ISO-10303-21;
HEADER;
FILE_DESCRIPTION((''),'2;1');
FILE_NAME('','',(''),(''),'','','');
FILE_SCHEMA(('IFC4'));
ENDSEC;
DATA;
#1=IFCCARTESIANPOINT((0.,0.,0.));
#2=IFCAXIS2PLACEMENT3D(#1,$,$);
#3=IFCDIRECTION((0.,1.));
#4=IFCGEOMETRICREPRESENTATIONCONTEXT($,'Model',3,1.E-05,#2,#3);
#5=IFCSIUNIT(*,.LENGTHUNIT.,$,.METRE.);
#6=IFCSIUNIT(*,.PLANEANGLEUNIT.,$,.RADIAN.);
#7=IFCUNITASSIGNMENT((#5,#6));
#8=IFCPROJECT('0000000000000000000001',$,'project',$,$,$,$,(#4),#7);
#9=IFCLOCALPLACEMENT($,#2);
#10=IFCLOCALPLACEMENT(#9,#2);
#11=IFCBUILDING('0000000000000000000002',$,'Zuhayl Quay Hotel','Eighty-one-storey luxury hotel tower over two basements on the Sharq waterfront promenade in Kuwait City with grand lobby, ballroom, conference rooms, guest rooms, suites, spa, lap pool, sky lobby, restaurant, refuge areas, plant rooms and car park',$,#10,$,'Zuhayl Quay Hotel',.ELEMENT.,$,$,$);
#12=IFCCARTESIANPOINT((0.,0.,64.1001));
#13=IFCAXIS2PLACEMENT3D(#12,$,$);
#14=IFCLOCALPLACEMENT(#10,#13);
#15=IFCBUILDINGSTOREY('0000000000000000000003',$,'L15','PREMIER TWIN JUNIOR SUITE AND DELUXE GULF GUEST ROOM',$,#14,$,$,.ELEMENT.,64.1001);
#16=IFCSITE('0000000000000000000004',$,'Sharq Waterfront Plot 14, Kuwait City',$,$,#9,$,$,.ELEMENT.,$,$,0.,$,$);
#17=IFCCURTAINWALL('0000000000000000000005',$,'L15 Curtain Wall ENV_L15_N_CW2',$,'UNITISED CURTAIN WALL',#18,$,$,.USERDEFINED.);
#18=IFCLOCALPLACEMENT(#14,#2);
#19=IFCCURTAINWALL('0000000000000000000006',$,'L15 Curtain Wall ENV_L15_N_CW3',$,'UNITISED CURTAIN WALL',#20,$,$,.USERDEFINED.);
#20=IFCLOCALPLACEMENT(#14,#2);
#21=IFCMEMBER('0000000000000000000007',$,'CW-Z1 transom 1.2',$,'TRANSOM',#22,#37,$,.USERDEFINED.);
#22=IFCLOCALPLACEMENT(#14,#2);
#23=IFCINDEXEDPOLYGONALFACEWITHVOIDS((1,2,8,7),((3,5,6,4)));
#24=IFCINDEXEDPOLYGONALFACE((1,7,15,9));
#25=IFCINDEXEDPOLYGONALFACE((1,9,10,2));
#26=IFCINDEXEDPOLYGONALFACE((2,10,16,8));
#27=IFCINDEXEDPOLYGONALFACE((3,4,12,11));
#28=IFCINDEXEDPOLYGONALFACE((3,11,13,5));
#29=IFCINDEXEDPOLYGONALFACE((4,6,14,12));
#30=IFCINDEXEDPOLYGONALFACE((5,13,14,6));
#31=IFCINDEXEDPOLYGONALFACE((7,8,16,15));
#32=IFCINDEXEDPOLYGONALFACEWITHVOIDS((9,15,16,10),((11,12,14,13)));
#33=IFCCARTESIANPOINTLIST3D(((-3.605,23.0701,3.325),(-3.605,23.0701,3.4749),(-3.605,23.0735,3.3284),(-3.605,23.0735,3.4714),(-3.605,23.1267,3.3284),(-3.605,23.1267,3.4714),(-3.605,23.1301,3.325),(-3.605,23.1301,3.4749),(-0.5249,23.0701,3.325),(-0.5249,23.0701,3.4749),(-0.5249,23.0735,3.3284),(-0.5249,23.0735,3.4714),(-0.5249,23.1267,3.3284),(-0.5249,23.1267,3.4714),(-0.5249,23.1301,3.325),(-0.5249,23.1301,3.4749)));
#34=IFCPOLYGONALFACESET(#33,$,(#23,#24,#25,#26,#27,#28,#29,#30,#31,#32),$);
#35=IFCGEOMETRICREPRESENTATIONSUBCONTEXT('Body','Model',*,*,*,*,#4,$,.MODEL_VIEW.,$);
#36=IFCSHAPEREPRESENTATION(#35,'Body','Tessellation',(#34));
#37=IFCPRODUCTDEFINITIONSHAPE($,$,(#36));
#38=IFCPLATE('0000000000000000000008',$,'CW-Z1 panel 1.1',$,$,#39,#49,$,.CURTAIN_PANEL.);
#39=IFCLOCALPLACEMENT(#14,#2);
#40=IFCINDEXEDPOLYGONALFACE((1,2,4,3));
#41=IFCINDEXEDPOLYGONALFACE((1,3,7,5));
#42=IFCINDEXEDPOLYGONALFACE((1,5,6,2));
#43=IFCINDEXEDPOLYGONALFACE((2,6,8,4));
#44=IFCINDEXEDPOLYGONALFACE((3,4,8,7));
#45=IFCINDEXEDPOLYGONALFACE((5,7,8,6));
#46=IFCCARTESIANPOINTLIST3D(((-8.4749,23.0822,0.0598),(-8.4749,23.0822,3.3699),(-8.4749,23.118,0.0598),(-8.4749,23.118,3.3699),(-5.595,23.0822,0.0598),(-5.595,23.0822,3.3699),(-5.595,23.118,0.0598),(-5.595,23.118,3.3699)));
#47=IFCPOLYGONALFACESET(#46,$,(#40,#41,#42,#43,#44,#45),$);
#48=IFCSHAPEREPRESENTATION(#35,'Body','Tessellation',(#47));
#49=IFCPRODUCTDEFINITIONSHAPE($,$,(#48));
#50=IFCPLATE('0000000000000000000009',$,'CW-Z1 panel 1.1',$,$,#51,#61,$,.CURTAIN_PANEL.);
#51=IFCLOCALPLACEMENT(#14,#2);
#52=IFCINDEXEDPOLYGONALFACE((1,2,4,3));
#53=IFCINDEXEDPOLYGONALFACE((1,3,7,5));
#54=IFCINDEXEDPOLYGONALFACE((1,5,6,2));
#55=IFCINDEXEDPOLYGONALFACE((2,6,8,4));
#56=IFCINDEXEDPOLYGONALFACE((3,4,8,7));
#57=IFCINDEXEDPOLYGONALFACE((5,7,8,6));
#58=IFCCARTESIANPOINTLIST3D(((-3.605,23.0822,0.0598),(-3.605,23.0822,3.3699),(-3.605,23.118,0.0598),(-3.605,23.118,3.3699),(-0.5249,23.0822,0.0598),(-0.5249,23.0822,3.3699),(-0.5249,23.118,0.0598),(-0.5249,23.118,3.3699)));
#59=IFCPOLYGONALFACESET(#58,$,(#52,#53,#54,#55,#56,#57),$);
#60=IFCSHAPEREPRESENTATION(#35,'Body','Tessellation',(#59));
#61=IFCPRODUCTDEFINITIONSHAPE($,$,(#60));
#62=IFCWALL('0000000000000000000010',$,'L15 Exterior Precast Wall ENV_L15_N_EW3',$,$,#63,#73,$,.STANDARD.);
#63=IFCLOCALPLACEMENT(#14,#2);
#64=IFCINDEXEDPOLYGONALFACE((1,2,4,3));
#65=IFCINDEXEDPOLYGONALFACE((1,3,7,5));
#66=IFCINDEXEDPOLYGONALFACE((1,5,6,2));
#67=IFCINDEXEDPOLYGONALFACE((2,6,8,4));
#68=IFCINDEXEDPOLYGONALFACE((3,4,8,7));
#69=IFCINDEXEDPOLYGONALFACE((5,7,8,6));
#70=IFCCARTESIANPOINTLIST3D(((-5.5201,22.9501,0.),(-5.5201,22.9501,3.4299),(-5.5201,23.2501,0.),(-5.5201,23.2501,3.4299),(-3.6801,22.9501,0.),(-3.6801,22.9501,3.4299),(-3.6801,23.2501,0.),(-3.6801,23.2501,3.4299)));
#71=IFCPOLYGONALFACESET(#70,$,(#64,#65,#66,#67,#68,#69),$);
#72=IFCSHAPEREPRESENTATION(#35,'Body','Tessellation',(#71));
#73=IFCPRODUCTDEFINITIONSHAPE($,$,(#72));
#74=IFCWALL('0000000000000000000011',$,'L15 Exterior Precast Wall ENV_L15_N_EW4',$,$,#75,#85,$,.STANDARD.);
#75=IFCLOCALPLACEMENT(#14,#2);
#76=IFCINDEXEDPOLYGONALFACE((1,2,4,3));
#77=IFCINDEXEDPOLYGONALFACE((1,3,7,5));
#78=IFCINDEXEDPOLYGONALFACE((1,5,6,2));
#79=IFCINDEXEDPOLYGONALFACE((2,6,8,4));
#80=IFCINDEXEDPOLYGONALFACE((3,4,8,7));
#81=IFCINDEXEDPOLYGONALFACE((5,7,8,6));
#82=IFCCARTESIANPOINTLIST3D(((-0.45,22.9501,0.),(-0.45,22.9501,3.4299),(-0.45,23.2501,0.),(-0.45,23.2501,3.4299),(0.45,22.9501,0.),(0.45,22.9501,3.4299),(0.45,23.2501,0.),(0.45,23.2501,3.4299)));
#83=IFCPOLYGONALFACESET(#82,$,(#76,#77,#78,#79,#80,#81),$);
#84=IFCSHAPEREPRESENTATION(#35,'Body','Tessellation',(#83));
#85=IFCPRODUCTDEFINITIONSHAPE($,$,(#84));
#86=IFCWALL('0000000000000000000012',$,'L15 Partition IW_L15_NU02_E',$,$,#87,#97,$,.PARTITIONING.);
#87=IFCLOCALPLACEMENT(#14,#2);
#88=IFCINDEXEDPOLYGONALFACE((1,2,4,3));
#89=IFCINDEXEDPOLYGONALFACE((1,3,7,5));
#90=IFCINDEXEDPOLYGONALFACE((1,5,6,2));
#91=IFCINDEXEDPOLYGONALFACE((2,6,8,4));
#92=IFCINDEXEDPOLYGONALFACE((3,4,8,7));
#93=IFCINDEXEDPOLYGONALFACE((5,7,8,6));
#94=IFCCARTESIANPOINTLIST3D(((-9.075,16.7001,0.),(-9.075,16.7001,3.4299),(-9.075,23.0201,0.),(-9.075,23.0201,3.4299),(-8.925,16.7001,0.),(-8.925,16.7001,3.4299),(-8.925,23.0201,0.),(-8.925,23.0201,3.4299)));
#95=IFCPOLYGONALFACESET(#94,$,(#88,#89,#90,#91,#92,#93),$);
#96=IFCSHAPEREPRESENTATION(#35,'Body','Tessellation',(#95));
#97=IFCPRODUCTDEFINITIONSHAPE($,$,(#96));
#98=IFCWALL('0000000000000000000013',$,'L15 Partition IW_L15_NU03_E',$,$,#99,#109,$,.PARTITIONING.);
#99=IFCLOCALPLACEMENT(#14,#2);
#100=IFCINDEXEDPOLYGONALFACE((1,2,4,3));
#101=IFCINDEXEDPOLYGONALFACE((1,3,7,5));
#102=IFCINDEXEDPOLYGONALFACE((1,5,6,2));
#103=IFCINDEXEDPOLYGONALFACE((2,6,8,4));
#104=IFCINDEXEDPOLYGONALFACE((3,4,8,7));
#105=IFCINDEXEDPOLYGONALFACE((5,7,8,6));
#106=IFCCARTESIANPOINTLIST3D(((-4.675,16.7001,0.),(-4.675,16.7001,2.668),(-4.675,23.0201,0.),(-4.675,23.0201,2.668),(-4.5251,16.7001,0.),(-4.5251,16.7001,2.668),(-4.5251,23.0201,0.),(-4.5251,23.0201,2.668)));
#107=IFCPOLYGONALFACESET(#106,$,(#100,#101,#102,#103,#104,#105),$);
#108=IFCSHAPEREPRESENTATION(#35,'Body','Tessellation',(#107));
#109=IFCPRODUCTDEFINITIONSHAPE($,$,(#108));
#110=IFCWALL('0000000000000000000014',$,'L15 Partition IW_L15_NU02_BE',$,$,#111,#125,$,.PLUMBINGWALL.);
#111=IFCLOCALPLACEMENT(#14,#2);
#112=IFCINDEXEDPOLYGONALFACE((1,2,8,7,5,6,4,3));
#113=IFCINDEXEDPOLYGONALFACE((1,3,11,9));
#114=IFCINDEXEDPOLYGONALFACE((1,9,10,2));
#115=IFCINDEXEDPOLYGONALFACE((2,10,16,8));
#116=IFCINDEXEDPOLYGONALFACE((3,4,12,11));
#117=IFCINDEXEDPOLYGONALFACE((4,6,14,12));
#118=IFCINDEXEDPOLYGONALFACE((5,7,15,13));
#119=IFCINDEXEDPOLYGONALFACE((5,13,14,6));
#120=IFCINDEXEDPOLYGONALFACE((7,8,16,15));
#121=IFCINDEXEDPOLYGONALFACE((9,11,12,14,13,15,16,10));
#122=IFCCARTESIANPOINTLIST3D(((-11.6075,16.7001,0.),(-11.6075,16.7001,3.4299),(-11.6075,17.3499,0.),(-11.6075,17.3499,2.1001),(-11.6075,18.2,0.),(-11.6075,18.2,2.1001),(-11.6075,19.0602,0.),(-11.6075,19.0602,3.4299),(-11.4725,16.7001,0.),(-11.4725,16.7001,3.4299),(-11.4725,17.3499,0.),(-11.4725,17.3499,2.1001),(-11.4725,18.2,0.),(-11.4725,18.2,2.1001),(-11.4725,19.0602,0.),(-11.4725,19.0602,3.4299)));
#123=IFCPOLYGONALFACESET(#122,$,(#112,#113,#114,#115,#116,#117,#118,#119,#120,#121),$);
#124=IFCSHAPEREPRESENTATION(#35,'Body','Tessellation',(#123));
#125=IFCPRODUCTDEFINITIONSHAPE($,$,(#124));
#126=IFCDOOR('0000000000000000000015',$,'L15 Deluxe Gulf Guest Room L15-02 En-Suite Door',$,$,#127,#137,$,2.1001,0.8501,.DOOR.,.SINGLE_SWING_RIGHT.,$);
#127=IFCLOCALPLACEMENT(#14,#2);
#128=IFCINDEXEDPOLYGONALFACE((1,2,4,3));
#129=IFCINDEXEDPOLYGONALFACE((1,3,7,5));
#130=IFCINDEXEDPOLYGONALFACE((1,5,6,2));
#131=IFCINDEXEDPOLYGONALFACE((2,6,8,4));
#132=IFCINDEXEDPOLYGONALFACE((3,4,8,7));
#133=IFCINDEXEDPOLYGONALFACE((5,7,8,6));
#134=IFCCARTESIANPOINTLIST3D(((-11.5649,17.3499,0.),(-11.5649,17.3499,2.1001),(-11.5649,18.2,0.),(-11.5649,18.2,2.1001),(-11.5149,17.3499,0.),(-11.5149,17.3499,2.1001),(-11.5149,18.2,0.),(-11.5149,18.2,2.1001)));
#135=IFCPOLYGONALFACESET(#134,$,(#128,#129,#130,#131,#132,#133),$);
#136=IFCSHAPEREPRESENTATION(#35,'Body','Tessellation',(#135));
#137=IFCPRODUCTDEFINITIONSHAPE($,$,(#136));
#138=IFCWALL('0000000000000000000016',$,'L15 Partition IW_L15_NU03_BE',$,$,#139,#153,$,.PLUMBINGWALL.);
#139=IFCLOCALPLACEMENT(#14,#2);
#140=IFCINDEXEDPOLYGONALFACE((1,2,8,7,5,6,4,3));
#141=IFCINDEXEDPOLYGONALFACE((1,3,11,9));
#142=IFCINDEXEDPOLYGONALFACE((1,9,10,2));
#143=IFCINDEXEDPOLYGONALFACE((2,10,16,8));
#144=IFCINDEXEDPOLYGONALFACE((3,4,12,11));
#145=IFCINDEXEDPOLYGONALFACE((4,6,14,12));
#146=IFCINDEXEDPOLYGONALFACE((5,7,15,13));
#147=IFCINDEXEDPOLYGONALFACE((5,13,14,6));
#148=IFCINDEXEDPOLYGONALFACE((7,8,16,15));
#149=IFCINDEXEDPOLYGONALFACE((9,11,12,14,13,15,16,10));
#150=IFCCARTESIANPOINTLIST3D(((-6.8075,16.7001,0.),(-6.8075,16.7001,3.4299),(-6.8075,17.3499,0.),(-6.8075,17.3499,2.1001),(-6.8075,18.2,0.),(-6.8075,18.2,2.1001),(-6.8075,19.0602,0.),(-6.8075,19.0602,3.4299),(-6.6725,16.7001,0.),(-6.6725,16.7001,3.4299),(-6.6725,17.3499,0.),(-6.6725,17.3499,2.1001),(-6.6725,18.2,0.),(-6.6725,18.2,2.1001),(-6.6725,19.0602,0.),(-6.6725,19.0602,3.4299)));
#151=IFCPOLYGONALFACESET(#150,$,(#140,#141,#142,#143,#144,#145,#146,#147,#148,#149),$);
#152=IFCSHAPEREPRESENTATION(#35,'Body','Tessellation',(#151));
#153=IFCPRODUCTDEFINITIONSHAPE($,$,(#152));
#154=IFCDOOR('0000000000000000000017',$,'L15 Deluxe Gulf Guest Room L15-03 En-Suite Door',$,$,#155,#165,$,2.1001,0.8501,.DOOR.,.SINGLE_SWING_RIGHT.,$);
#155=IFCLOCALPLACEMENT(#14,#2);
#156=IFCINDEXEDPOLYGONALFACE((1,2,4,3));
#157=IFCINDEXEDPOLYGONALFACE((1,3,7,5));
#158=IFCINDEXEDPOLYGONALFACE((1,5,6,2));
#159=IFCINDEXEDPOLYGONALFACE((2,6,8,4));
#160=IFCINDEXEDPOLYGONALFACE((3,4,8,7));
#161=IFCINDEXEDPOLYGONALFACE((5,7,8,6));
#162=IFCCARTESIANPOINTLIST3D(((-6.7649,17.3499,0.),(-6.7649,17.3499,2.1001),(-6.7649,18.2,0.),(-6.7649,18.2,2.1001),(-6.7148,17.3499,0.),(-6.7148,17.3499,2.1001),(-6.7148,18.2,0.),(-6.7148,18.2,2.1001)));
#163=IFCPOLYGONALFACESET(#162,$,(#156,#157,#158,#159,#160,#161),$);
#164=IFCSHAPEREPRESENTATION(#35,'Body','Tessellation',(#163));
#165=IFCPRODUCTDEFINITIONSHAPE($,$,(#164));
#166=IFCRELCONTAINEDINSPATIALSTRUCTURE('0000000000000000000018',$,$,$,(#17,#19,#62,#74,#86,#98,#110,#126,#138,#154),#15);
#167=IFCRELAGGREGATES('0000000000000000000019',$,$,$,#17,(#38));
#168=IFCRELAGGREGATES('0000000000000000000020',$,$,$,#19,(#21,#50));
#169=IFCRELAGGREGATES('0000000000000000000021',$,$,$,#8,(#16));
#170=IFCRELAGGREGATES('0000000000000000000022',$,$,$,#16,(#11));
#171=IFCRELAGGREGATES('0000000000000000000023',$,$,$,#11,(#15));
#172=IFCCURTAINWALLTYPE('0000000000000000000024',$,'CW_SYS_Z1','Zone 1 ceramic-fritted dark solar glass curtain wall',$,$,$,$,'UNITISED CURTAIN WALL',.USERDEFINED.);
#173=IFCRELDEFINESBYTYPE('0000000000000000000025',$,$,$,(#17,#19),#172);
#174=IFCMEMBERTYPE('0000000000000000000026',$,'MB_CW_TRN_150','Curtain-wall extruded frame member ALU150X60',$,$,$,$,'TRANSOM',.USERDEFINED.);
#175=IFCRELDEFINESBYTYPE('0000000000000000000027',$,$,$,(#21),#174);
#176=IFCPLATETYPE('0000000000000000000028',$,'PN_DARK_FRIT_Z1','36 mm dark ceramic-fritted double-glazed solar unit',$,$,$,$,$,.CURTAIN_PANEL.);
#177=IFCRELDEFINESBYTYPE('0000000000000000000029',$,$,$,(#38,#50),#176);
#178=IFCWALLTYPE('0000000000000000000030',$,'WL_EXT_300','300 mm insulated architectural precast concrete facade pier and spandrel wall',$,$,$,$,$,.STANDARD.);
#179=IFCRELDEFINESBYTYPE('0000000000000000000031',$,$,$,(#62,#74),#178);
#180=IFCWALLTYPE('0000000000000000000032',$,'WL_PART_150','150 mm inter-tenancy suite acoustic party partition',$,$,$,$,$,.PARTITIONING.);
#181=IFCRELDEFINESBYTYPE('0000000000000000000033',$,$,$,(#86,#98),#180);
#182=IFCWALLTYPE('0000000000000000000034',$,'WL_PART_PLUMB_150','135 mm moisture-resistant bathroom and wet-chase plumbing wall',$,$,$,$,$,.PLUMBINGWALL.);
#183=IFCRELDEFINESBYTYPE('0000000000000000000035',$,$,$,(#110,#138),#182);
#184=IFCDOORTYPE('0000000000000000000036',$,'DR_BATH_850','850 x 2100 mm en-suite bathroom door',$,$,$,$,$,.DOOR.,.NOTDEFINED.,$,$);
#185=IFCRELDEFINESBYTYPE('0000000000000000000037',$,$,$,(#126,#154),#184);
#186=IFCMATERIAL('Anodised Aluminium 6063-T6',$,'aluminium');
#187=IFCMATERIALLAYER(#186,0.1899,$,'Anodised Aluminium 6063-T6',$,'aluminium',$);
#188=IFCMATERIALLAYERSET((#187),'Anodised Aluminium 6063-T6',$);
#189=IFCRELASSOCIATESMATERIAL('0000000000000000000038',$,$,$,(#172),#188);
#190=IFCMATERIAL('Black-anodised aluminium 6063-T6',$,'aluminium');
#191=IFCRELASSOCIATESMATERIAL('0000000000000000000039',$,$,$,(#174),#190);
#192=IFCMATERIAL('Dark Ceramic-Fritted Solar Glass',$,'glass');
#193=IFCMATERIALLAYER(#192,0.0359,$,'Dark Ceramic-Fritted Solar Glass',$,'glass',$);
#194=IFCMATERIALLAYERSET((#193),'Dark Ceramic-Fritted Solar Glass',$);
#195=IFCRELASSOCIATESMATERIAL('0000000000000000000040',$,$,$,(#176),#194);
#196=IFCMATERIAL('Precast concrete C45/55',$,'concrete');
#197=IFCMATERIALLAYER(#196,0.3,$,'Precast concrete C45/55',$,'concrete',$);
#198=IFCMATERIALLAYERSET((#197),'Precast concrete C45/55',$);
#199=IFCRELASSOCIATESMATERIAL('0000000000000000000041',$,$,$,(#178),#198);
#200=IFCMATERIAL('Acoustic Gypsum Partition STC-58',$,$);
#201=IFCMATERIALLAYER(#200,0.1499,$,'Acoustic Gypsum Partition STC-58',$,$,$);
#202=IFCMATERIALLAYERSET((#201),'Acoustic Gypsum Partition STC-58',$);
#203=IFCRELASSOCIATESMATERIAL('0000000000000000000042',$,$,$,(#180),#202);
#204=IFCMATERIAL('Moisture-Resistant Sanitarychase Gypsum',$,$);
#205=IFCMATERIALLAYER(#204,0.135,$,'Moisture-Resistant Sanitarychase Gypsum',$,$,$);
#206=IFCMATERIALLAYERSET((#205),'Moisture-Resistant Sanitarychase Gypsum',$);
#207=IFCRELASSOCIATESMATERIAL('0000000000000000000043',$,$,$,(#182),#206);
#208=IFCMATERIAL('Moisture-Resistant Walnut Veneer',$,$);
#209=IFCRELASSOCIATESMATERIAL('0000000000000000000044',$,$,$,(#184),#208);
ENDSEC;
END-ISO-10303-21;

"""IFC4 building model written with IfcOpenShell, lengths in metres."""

from ifc_helpers import new_model, si_unit, direction, frame, frame_2d, origin, origin_2d, place, context, subcontext, project, spatial, rectangle, hollow_rectangle, extrude, material, layer, layer_set, material_profile, profile_set, type_object, element, fill, aggregate, save


model = new_model("IFC4")

# Units and contexts
model_context = context("Model", 3, precision=1e-05, world=origin(), true_north=direction((0.0, 1.0)))
body_context = subcontext(model_context, "Body", "Model", "MODEL_VIEW")
ifc_project = project(units=[si_unit("LENGTHUNIT", "METRE"), si_unit("PLANEANGLEUNIT", "RADIAN")], contexts=[model_context])

# Site, building, storey
site_placement = place(None, origin())
site = spatial("IfcSite", under=ifc_project, at=site_placement, Name="Sharq Waterfront Plot 14, Kuwait City", CompositionType="ELEMENT", RefElevation=0.0)
building_placement = place(site_placement, origin())
building = spatial("IfcBuilding", under=site, at=building_placement, Name="Zuhayl Quay Hotel", Description="Eighty-one-storey luxury hotel tower over two basements on the Sharq waterfront promenade in Kuwait City with grand lobby, ballroom, conference rooms, guest rooms, suites, spa, lap pool, sky lobby, restaurant, refuge areas, plant rooms and car park", LongName="Zuhayl Quay Hotel", CompositionType="ELEMENT")
storey_placement = place(building_placement, frame((0.0, 0.0, 64.1001)))
storey = spatial("IfcBuildingStorey", under=building, at=storey_placement, Name="L15", Description="PREMIER TWIN JUNIOR SUITE AND DELUXE GULF GUEST ROOM", CompositionType="ELEMENT", Elevation=64.1001)

# Curtain walls
ifc_material_1 = material(Name="Anodised Aluminium 6063-T6", Category="aluminium")
ifc_layer_1 = layer(ifc_material_1, 0.1899, Name="Anodised Aluminium 6063-T6", Category="aluminium")
ifc_layer_set_1 = layer_set([ifc_layer_1], Name="Anodised Aluminium 6063-T6")
curtain_wall_type = type_object("IfcCurtainWallType", Name="CW_SYS_Z1", Description="Zone 1 ceramic-fritted dark solar glass curtain wall", ElementType="UNITISED CURTAIN WALL", PredefinedType="USERDEFINED", material=ifc_layer_set_1)
curtain_wall_1_placement = place(storey_placement, origin())
curtain_wall_1 = element("IfcCurtainWall", 1, at=curtain_wall_1_placement, inside=storey, type_object=curtain_wall_type, Name="L15 Curtain Wall ENV_L15_N_CW2", ObjectType="UNITISED CURTAIN WALL", PredefinedType="USERDEFINED")
ifc_material_2 = material(Name="Black-anodised aluminium 6063-T6", Category="aluminium")
curtain_wall_2_placement = place(storey_placement, origin())
curtain_wall_2 = element("IfcCurtainWall", 2, at=curtain_wall_2_placement, inside=storey, type_object=curtain_wall_type, Name="L15 Curtain Wall ENV_L15_N_CW3", ObjectType="UNITISED CURTAIN WALL", PredefinedType="USERDEFINED")

# Member
ifc_material_profile_1 = material_profile(ifc_material_2, hollow_rectangle(XDim=0.0601, YDim=0.1499, WallThickness=0.0034, at=origin_2d()), Name="ALU150X60")
ifc_profile_set_1 = profile_set([ifc_material_profile_1], Name="Black-anodised aluminium 6063-T6")
member_type_1 = type_object("IfcMemberType", Name="MB_CW_TRN_150", Description="Curtain-wall extruded frame member ALU150X60", ElementType="TRANSOM", PredefinedType="USERDEFINED", material=ifc_profile_set_1)
member_1_placement = place(storey_placement, frame((-3.605, 23.1001, 3.3999), z_axis=(1.0, 0.0, 0.0), x_axis=(0.0, 1.0, 0.0)))
member_1 = element("IfcMember", 3, at=member_1_placement, type_object=member_type_1, Name="CW-Z1 transom 1.2", ObjectType="TRANSOM", PredefinedType="USERDEFINED", context=body_context, shape_type="SweptSolid", body=[
    extrude(hollow_rectangle(XDim=0.0601, YDim=0.1499, WallThickness=0.0034, at=origin_2d()), origin(), (0.0, 0.0, 1.0), 3.0801),
])

# Plates
ifc_material_3 = material(Name="Dark Ceramic-Fritted Solar Glass", Category="glass")
ifc_layer_2 = layer(ifc_material_3, 0.0359, Name="Dark Ceramic-Fritted Solar Glass", Category="glass")
ifc_layer_set_2 = layer_set([ifc_layer_2], Name="Dark Ceramic-Fritted Solar Glass")
plate_type = type_object("IfcPlateType", Name="PN_DARK_FRIT_Z1", Description="36 mm dark ceramic-fritted double-glazed solar unit", PredefinedType="CURTAIN_PANEL", material=ifc_layer_set_2)
plate_1_placement = place(storey_placement, frame((-7.0349, 23.1001, 0.0598), z_axis=(0.0, 0.0, 1.0), x_axis=(1.0, 0.0, 0.0)))
plate_1 = element("IfcPlate", 4, at=plate_1_placement, type_object=plate_type, Name="CW-Z1 panel 1.1", PredefinedType="CURTAIN_PANEL", context=body_context, shape_type="SweptSolid", body=[
    extrude(rectangle(XDim=2.8799, YDim=0.0359, at=origin_2d()), origin(), (0.0, 0.0, 1.0), 3.3101),
])
aggregate(curtain_wall_1, [plate_1])
plate_2_placement = place(storey_placement, frame((-2.0649, 23.1001, 0.0598), z_axis=(0.0, 0.0, 1.0), x_axis=(1.0, 0.0, 0.0)))
plate_2 = element("IfcPlate", 5, at=plate_2_placement, type_object=plate_type, Name="CW-Z1 panel 1.1", PredefinedType="CURTAIN_PANEL", context=body_context, shape_type="SweptSolid", body=[
    extrude(rectangle(XDim=3.0801, YDim=0.0359, at=origin_2d()), origin(), (0.0, 0.0, 1.0), 3.3101),
])
aggregate(curtain_wall_2, [member_1, plate_2])

# Walls
ifc_material_4 = material(Name="Precast concrete C45/55", Category="concrete")
ifc_layer_3 = layer(ifc_material_4, 0.3, Name="Precast concrete C45/55", Category="concrete")
ifc_layer_set_3 = layer_set([ifc_layer_3], Name="Precast concrete C45/55")
wall_type_1 = type_object("IfcWallType", Name="WL_EXT_300", Description="300 mm insulated architectural precast concrete facade pier and spandrel wall", PredefinedType="STANDARD", material=ifc_layer_set_3)
wall_1_placement = place(storey_placement, frame((-5.52, 23.1001, 0.0), z_axis=(0.0, 0.0, 1.0), x_axis=(1.0, 0.0, 0.0)))
element("IfcWall", 6, at=wall_1_placement, inside=storey, type_object=wall_type_1, Name="L15 Exterior Precast Wall ENV_L15_N_EW3", PredefinedType="STANDARD", context=body_context, shape_type="SweptSolid", body=[
    extrude(rectangle(XDim=1.8401, YDim=0.3, at=frame_2d((0.9199, 0.0))), origin(), (0.0, 0.0, 1.0), 3.4299),
])
wall_2_placement = place(storey_placement, frame((-0.45, 23.1001, 0.0), z_axis=(0.0, 0.0, 1.0), x_axis=(1.0, 0.0, 0.0)))
element("IfcWall", 7, at=wall_2_placement, inside=storey, type_object=wall_type_1, Name="L15 Exterior Precast Wall ENV_L15_N_EW4", PredefinedType="STANDARD", context=body_context, shape_type="SweptSolid", body=[
    extrude(rectangle(XDim=0.8999, YDim=0.3, at=frame_2d((0.45, 0.0))), origin(), (0.0, 0.0, 1.0), 3.4299),
])
ifc_material_5 = material(Name="Acoustic Gypsum Partition STC-58")
ifc_layer_4 = layer(ifc_material_5, 0.1499, Name="Acoustic Gypsum Partition STC-58")
ifc_layer_set_4 = layer_set([ifc_layer_4], Name="Acoustic Gypsum Partition STC-58")
wall_type_2 = type_object("IfcWallType", Name="WL_PART_150", Description="150 mm inter-tenancy suite acoustic party partition", PredefinedType="PARTITIONING", material=ifc_layer_set_4)
wall_3_placement = place(storey_placement, frame((-9.0, 16.7, 0.0), z_axis=(0.0, 0.0, 1.0), x_axis=(0.0, 1.0, 0.0)))
element("IfcWall", 8, at=wall_3_placement, inside=storey, type_object=wall_type_2, Name="L15 Partition IW_L15_NU02_E", PredefinedType="PARTITIONING", context=body_context, shape_type="SweptSolid", body=[
    extrude(rectangle(XDim=6.3201, YDim=0.1499, at=frame_2d((3.1602, 0.0))), origin(), (0.0, 0.0, 1.0), 3.4299),
])
wall_4_placement = place(storey_placement, frame((-4.6001, 16.7, 0.0), z_axis=(0.0, 0.0, 1.0), x_axis=(0.0, 1.0, 0.0)))
element("IfcWall", 9, at=wall_4_placement, inside=storey, type_object=wall_type_2, Name="L15 Partition IW_L15_NU03_E", PredefinedType="PARTITIONING", context=body_context, shape_type="SweptSolid", body=[
    extrude(rectangle(XDim=6.3201, YDim=0.1499, at=frame_2d((3.1602, 0.0))), origin(), (0.0, 0.0, 1.0), 2.668),
])

# Walls, openings, doors
ifc_material_6 = material(Name="Moisture-Resistant Sanitarychase Gypsum")
ifc_layer_5 = layer(ifc_material_6, 0.135, Name="Moisture-Resistant Sanitarychase Gypsum")
ifc_layer_set_5 = layer_set([ifc_layer_5], Name="Moisture-Resistant Sanitarychase Gypsum")
wall_type_3 = type_object("IfcWallType", Name="WL_PART_PLUMB_150", Description="135 mm moisture-resistant bathroom and wet-chase plumbing wall", PredefinedType="PLUMBINGWALL", material=ifc_layer_set_5)
wall_5_placement = place(storey_placement, frame((-11.54, 16.7, 0.0), z_axis=(0.0, 0.0, 1.0), x_axis=(0.0, 1.0, 0.0)))
wall_5 = element("IfcWall", 10, at=wall_5_placement, inside=storey, type_object=wall_type_3, Name="L15 Partition IW_L15_NU02_BE", PredefinedType="PLUMBINGWALL", context=body_context, shape_type="SweptSolid", body=[
    extrude(rectangle(XDim=2.3601, YDim=0.135, at=frame_2d((1.1802, 0.0))), origin(), (0.0, 0.0, 1.0), 3.4299),
])
opening_1_placement = place(wall_5_placement, frame((0.6499, 0.0, 0.0)))
opening_1 = element("IfcOpeningElement", 11, at=opening_1_placement, cuts=wall_5, PredefinedType="OPENING", context=body_context, shape_type="SweptSolid", body=[
    extrude(rectangle(XDim=0.8501, YDim=2.1001, at=frame_2d((0.425, 1.05))), frame((0.0, 0.0774, 0.0), z_axis=(0.0, -1.0, 0.0), x_axis=(1.0, 0.0, 0.0)), (0.0, 0.0, 1.0), 0.155),
])
ifc_material_7 = material(Name="Moisture-Resistant Walnut Veneer")
door_type_1 = type_object("IfcDoorType", Name="DR_BATH_850", Description="850 x 2100 mm en-suite bathroom door", OperationType="NOTDEFINED", PredefinedType="DOOR", material=ifc_material_7)
door_1_placement = place(opening_1_placement, origin())
door_1 = element("IfcDoor", 12, at=door_1_placement, inside=storey, type_object=door_type_1, Name="L15 Deluxe Gulf Guest Room L15-02 En-Suite Door", OperationType="SINGLE_SWING_RIGHT", OverallHeight=2.1001, OverallWidth=0.8501, PredefinedType="DOOR", context=body_context, shape_type="SweptSolid", body=[
    extrude(rectangle(XDim=0.8501, YDim=2.1001, at=frame_2d((0.425, 1.05))), frame((0.0, 0.0249, 0.0), z_axis=(0.0, -1.0, 0.0), x_axis=(1.0, 0.0, 0.0)), (0.0, 0.0, 1.0), 0.05),
])
fill(opening_1, door_1)
wall_6_placement = place(storey_placement, frame((-6.74, 16.7, 0.0), z_axis=(0.0, 0.0, 1.0), x_axis=(0.0, 1.0, 0.0)))
wall_6 = element("IfcWall", 13, at=wall_6_placement, inside=storey, type_object=wall_type_3, Name="L15 Partition IW_L15_NU03_BE", PredefinedType="PLUMBINGWALL", context=body_context, shape_type="SweptSolid", body=[
    extrude(rectangle(XDim=2.3601, YDim=0.135, at=frame_2d((1.1802, 0.0))), origin(), (0.0, 0.0, 1.0), 3.4299),
])
opening_2_placement = place(wall_6_placement, frame((0.6499, 0.0, 0.0)))
opening_2 = element("IfcOpeningElement", 14, at=opening_2_placement, cuts=wall_6, PredefinedType="OPENING", context=body_context, shape_type="SweptSolid", body=[
    extrude(rectangle(XDim=0.8501, YDim=2.1001, at=frame_2d((0.425, 1.05))), frame((0.0, 0.0774, 0.0), z_axis=(0.0, -1.0, 0.0), x_axis=(1.0, 0.0, 0.0)), (0.0, 0.0, 1.0), 0.155),
])
door_2_placement = place(opening_2_placement, origin())
door_2 = element("IfcDoor", 15, at=door_2_placement, inside=storey, type_object=door_type_1, Name="L15 Deluxe Gulf Guest Room L15-03 En-Suite Door", OperationType="SINGLE_SWING_RIGHT", OverallHeight=2.1001, OverallWidth=0.8501, PredefinedType="DOOR", context=body_context, shape_type="SweptSolid", body=[
    extrude(rectangle(XDim=0.8501, YDim=2.1001, at=frame_2d((0.425, 1.05))), frame((0.0, 0.0249, 0.0), z_axis=(0.0, -1.0, 0.0), x_axis=(1.0, 0.0, 0.0)), (0.0, 0.0, 1.0), 0.05),
])
fill(opening_2, door_2)

save(model, "model.ifc")
